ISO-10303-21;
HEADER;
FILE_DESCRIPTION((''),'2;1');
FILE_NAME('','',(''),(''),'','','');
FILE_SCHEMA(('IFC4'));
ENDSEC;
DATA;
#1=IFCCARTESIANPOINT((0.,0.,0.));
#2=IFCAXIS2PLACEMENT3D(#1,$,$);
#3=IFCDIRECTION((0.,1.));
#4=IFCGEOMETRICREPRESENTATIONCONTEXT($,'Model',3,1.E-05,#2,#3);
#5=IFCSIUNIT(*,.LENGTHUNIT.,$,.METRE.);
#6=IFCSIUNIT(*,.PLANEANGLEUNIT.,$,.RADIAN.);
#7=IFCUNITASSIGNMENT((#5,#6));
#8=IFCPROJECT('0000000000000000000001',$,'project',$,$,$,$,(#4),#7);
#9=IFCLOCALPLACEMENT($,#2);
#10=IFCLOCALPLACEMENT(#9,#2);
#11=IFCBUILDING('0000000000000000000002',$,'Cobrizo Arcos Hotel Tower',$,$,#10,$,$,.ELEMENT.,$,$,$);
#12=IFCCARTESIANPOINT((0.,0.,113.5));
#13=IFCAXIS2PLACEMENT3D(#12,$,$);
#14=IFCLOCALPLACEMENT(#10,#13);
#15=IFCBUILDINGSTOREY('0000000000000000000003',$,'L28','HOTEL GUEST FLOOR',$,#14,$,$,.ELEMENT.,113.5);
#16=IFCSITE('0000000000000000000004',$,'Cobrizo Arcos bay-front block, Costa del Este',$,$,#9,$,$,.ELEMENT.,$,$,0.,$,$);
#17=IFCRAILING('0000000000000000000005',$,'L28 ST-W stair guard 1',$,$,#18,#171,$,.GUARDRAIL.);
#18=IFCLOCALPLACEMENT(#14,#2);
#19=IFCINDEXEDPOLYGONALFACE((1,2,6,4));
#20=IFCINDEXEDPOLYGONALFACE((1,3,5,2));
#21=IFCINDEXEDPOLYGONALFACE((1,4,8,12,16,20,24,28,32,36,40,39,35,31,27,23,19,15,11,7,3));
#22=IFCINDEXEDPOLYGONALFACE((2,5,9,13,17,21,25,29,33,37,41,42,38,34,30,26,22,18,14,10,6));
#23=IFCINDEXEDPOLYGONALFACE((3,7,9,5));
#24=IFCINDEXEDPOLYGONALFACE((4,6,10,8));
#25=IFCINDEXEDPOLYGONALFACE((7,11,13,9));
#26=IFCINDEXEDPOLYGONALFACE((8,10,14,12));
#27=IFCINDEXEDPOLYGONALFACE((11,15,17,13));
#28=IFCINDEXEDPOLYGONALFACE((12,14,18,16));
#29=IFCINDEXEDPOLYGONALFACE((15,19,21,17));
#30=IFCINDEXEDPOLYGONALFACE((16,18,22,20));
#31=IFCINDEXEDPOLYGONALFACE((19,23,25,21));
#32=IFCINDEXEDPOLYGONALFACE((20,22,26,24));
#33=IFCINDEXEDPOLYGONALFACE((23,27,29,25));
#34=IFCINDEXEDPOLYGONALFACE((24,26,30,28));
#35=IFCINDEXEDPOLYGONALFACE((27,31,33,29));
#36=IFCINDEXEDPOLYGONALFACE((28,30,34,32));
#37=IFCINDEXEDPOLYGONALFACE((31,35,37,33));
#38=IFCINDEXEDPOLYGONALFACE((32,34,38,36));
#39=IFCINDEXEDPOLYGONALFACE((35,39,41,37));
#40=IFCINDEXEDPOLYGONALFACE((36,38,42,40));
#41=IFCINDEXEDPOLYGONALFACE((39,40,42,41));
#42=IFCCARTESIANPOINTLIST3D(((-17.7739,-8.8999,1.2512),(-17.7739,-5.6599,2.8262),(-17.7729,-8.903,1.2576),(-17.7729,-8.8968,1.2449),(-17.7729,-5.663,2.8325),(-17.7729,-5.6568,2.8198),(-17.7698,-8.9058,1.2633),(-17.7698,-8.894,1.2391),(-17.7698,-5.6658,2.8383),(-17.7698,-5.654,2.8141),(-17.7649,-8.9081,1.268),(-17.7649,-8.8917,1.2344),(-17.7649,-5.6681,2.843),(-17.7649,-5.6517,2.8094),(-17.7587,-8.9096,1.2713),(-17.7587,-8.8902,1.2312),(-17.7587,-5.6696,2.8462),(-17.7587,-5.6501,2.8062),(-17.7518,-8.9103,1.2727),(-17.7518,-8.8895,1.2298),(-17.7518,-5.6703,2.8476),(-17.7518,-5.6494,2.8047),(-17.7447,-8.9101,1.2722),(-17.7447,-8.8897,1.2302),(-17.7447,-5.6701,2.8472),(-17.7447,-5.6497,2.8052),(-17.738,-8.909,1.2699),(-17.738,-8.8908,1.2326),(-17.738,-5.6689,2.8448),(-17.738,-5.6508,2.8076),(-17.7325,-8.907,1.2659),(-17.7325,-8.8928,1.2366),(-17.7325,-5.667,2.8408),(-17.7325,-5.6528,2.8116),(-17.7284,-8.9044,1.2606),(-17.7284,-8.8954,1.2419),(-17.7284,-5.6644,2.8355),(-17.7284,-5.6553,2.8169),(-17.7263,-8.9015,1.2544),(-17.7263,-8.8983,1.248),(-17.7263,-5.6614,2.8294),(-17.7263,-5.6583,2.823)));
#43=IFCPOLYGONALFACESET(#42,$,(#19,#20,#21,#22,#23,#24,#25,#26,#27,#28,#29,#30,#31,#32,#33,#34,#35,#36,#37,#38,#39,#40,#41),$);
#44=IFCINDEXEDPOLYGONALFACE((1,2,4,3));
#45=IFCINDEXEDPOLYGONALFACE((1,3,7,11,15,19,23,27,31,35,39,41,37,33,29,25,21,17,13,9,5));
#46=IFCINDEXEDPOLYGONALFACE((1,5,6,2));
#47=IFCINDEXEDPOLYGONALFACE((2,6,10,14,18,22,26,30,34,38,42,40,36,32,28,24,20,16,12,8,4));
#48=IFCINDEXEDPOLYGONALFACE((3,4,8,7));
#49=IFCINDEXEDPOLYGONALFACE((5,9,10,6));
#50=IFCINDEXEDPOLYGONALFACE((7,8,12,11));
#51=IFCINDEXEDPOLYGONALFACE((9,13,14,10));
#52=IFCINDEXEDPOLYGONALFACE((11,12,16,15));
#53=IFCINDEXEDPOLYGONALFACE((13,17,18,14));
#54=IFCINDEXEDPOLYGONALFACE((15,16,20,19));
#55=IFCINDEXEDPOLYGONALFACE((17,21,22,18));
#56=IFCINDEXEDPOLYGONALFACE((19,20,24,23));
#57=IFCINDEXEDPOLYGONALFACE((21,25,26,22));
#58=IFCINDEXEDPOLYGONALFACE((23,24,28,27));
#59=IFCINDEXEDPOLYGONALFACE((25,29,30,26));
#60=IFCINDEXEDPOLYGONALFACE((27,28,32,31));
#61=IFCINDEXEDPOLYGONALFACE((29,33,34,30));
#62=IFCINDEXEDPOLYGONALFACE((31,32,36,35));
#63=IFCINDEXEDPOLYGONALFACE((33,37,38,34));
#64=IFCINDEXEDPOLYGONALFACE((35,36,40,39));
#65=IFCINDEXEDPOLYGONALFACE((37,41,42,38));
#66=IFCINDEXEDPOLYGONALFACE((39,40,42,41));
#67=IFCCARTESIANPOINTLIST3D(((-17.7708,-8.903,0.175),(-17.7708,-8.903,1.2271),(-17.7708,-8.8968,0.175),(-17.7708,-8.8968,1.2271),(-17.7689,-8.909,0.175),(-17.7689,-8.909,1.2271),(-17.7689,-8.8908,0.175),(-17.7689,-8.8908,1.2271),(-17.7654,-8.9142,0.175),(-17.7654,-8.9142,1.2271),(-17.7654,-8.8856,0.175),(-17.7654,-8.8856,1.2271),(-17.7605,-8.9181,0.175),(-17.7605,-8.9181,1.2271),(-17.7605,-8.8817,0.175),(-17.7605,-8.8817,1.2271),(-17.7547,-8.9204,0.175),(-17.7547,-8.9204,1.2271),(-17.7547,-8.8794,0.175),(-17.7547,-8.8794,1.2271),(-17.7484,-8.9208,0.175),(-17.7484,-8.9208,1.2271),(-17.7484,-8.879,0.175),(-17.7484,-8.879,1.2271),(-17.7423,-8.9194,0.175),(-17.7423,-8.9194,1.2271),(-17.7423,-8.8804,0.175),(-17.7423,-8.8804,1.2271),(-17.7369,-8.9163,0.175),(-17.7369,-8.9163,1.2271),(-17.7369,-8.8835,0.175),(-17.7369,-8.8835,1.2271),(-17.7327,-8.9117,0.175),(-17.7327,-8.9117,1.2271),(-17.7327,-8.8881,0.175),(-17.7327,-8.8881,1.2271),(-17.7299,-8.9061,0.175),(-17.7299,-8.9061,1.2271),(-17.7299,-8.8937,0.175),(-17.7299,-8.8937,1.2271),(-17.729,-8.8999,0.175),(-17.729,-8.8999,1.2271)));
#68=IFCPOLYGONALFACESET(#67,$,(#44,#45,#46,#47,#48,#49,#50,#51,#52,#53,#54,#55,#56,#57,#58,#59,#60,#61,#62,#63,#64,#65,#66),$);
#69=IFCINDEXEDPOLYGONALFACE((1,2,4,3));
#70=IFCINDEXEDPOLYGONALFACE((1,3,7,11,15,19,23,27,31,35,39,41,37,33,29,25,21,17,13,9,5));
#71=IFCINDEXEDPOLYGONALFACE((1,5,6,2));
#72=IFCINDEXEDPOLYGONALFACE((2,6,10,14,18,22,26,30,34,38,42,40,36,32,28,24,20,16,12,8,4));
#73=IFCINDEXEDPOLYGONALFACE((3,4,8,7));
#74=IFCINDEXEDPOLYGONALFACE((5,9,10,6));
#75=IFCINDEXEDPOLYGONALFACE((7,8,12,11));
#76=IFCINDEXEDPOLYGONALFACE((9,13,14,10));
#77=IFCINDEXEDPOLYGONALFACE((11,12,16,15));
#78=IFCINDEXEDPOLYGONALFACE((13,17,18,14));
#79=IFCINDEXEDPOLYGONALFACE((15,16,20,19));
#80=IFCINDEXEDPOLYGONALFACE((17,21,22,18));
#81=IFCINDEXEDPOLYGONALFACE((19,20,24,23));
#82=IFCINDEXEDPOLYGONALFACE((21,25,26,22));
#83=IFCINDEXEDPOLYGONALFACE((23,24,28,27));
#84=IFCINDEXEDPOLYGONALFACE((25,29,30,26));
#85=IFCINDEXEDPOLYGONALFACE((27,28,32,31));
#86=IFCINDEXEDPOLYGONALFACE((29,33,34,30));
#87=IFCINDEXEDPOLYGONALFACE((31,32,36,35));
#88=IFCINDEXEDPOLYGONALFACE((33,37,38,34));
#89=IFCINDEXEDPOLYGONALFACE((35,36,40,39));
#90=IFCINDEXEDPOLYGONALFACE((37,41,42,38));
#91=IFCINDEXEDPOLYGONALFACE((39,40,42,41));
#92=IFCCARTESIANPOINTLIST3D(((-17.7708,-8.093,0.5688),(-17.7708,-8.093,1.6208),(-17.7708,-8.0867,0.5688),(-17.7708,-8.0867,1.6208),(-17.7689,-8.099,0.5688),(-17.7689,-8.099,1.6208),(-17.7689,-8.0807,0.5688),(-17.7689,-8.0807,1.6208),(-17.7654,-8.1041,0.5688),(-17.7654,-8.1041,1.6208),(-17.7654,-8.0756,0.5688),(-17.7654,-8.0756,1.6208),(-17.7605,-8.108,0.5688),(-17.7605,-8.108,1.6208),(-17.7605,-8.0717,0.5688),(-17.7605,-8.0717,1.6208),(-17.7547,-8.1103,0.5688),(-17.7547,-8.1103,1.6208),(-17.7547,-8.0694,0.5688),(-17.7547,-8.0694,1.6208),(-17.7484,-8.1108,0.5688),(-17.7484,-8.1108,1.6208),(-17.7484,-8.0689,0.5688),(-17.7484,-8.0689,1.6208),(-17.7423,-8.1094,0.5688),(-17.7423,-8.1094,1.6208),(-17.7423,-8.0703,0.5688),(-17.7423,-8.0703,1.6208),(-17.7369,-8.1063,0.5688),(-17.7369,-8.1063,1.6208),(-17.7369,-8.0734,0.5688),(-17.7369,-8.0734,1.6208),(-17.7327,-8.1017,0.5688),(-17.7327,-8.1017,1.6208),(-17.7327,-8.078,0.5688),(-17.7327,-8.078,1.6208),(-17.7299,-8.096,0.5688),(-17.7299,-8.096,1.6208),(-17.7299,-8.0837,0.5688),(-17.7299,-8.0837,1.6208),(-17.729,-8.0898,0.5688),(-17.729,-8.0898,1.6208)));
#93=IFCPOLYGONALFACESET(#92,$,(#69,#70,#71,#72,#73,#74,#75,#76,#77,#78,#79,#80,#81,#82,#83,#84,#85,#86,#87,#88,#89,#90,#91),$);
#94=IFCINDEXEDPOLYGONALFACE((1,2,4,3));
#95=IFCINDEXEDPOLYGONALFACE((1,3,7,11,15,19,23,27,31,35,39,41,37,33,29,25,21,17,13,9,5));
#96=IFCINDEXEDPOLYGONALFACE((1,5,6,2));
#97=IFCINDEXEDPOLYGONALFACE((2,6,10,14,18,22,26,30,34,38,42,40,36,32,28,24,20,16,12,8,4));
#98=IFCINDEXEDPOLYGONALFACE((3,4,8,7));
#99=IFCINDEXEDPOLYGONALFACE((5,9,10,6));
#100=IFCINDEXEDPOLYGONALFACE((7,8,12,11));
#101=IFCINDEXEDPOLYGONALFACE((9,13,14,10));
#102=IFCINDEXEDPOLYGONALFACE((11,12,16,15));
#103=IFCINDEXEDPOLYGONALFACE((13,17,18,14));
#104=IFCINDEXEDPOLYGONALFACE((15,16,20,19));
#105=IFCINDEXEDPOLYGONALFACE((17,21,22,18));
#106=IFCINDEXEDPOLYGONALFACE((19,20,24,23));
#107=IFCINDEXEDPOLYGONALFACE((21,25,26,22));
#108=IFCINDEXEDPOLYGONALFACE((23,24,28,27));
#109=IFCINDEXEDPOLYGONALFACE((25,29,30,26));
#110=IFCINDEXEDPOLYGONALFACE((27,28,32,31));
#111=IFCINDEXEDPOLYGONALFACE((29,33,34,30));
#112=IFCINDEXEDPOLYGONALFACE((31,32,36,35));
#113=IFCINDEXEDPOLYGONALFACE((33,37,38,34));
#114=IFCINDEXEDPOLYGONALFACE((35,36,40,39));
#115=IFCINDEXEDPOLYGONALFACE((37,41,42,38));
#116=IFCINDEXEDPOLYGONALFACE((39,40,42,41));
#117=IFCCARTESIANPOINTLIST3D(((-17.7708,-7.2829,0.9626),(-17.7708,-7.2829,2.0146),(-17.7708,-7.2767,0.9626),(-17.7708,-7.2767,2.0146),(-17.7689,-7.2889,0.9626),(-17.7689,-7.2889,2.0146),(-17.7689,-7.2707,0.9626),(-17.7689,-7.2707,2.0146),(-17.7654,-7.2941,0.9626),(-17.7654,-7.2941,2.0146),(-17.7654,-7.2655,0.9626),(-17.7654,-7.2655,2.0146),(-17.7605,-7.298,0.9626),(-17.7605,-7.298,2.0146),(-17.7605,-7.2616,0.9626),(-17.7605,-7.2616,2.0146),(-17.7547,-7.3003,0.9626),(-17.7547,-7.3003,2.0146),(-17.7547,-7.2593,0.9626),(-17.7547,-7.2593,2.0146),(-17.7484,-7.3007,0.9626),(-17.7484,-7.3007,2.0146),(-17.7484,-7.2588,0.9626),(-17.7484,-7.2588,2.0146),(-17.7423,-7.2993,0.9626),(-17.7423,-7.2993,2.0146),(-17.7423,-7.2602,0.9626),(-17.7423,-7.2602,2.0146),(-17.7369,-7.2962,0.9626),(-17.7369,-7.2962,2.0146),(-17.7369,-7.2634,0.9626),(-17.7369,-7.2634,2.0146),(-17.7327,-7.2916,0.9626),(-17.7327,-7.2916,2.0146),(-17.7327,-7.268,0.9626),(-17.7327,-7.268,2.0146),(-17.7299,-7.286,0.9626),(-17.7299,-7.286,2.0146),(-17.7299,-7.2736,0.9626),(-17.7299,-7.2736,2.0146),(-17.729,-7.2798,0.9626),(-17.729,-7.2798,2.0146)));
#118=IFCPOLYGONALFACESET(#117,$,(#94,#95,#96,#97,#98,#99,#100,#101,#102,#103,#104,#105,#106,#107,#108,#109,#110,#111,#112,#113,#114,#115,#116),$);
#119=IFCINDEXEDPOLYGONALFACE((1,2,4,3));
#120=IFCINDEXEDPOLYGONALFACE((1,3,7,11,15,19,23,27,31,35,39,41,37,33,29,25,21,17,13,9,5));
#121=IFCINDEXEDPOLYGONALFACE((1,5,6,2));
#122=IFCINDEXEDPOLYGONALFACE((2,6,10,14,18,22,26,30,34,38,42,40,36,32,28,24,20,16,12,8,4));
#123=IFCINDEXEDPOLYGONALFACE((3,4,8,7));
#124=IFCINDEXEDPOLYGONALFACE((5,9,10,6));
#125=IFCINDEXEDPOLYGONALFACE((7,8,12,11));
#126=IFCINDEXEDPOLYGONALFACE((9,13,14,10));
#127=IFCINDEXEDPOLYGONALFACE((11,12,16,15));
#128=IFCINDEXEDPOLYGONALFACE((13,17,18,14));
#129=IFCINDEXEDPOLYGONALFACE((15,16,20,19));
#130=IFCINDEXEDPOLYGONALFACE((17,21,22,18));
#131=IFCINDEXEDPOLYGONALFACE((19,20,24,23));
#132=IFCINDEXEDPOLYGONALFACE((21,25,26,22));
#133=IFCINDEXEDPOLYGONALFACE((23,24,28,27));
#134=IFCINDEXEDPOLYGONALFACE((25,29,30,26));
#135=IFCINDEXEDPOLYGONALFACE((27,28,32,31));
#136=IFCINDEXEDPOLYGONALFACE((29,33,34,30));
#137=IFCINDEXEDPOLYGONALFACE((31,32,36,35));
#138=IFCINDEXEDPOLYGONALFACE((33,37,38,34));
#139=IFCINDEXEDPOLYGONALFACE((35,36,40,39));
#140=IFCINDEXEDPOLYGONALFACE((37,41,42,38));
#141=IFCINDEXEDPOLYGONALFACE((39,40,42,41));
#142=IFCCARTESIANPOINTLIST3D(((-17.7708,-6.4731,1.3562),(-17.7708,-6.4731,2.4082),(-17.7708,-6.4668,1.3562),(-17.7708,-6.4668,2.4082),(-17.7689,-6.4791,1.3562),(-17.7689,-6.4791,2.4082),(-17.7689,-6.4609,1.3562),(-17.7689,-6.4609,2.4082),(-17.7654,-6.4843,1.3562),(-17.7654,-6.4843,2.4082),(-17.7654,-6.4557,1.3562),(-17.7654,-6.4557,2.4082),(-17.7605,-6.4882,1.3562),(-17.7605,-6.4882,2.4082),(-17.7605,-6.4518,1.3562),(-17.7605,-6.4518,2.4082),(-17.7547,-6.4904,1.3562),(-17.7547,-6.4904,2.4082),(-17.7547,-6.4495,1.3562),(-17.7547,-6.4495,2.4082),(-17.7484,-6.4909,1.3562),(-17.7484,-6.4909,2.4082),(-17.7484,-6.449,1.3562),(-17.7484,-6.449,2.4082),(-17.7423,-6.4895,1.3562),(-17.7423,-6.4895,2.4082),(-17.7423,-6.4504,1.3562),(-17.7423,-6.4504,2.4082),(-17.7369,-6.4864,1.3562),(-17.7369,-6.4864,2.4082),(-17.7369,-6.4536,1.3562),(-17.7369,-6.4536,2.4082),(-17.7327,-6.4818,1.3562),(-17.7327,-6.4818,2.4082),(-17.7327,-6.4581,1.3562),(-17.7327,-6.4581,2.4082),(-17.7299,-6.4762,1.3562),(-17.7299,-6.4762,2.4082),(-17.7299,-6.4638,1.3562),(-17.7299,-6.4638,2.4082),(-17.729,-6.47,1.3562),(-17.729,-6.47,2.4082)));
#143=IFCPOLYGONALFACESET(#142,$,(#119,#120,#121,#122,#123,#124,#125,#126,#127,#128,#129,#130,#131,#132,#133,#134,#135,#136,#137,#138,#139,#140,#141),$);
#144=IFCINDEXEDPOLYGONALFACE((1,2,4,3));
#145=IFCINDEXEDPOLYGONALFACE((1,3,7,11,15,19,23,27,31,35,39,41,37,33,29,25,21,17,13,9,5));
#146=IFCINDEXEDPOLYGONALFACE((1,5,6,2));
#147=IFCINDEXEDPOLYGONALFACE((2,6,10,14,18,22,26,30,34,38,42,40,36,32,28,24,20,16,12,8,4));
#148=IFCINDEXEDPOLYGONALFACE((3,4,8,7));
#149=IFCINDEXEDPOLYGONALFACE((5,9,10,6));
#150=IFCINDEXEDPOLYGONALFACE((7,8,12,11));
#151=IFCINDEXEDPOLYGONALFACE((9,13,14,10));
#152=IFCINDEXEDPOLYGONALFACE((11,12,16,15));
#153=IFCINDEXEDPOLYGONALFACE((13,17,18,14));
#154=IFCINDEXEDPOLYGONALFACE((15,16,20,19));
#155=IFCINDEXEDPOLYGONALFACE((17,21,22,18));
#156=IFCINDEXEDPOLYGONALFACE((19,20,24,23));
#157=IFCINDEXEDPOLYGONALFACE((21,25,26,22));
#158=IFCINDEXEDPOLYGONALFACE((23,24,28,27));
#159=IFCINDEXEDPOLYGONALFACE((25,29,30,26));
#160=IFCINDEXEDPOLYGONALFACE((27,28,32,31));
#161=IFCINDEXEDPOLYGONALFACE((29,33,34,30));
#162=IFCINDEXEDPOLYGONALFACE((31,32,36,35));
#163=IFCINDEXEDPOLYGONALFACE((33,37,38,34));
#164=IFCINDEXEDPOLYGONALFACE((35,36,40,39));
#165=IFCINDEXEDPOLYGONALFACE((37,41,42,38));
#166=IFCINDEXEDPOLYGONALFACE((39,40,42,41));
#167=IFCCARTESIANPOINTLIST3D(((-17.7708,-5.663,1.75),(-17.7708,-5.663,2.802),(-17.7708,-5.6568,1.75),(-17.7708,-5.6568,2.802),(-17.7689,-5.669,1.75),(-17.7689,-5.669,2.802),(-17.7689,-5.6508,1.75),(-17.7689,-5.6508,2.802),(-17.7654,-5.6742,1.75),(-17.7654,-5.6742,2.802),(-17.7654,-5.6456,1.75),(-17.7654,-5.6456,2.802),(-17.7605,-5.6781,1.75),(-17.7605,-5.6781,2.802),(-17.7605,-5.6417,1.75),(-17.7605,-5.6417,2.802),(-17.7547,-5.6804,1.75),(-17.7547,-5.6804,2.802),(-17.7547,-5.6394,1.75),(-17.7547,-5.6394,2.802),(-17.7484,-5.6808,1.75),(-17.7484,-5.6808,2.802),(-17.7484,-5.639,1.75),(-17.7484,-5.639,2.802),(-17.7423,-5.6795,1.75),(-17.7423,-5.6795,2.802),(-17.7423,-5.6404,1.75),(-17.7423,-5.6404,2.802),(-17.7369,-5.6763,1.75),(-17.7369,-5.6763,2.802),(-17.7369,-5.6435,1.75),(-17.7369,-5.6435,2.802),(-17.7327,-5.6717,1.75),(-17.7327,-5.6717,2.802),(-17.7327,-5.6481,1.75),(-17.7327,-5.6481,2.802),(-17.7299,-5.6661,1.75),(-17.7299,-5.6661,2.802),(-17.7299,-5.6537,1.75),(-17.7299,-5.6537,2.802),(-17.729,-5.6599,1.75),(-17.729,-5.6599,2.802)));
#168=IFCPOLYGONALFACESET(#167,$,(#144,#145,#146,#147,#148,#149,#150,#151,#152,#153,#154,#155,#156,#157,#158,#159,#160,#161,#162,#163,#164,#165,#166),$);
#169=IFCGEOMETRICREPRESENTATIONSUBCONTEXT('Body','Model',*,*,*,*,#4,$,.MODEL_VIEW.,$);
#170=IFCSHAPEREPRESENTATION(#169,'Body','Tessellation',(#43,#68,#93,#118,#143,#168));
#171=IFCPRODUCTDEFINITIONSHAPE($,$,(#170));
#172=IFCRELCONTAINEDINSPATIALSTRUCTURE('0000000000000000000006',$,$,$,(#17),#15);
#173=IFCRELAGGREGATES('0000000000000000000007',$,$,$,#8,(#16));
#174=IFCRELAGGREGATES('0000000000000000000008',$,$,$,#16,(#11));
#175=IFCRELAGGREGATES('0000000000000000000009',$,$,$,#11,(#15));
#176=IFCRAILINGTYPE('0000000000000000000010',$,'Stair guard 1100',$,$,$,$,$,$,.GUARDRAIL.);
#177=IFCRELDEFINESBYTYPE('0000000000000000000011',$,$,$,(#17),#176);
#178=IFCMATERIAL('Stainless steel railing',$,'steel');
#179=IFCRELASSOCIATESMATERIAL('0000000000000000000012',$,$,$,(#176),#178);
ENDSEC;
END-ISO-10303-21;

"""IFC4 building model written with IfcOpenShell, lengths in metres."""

from ifc_helpers import new_model, si_unit, direction, frame, origin, origin_2d, place, context, subcontext, project, spatial, circle, extrude, material, type_object, element, save


model = new_model("IFC4")

# Units and contexts
model_context = context("Model", 3, precision=1e-05, world=origin(), true_north=direction((0.0, 1.0)))
body_context = subcontext(model_context, "Body", "Model", "MODEL_VIEW")
ifc_project = project(units=[si_unit("LENGTHUNIT", "METRE"), si_unit("PLANEANGLEUNIT", "RADIAN")], contexts=[model_context])

# Site, building, storey
site_placement = place(None, origin())
site = spatial("IfcSite", under=ifc_project, at=site_placement, Name="Cobrizo Arcos bay-front block, Costa del Este", CompositionType="ELEMENT", RefElevation=0.0)
building_placement = place(site_placement, origin())
building = spatial("IfcBuilding", under=site, at=building_placement, Name="Cobrizo Arcos Hotel Tower", CompositionType="ELEMENT")
storey_placement = place(building_placement, frame((0.0, 0.0, 113.5)))
storey = spatial("IfcBuildingStorey", under=building, at=storey_placement, Name="L28", Description="HOTEL GUEST FLOOR", CompositionType="ELEMENT", Elevation=113.5)

# Railing
ifc_material_1 = material(Name="Stainless steel railing", Category="steel")
railing_type_1 = type_object("IfcRailingType", Name="Stair guard 1100", PredefinedType="GUARDRAIL", material=ifc_material_1)
railing_1_placement = place(storey_placement, frame((-17.75, -8.8999, 0.175)))
element("IfcRailing", 1, at=railing_1_placement, inside=storey, type_object=railing_type_1, Name="L28 ST-W stair guard 1", PredefinedType="GUARDRAIL", context=body_context, shape_type="SweptSolid", body=[
    extrude(circle(Radius=0.0239, at=origin_2d()), frame((0.0, 0.0, 1.0762), z_axis=(0.0, 0.899373, 0.437183), x_axis=(-1.0, 0.0, 0.0)), (0.0, 0.0, 1.0), 3.6025),
    extrude(circle(Radius=0.021, at=origin_2d()), origin(), (0.0, 0.0, 1.0), 1.052),
    extrude(circle(Radius=0.021, at=origin_2d()), frame((0.0, 0.8101, 0.3938)), (0.0, 0.0, 1.0), 1.052),
    extrude(circle(Radius=0.021, at=origin_2d()), frame((0.0, 1.6201, 0.7876)), (0.0, 0.0, 1.0), 1.052),
    extrude(circle(Radius=0.021, at=origin_2d()), frame((0.0, 2.4299, 1.1812)), (0.0, 0.0, 1.0), 1.052),
    extrude(circle(Radius=0.021, at=origin_2d()), frame((0.0, 3.24, 1.575)), (0.0, 0.0, 1.0), 1.052),
])

save(model, "model.ifc")
